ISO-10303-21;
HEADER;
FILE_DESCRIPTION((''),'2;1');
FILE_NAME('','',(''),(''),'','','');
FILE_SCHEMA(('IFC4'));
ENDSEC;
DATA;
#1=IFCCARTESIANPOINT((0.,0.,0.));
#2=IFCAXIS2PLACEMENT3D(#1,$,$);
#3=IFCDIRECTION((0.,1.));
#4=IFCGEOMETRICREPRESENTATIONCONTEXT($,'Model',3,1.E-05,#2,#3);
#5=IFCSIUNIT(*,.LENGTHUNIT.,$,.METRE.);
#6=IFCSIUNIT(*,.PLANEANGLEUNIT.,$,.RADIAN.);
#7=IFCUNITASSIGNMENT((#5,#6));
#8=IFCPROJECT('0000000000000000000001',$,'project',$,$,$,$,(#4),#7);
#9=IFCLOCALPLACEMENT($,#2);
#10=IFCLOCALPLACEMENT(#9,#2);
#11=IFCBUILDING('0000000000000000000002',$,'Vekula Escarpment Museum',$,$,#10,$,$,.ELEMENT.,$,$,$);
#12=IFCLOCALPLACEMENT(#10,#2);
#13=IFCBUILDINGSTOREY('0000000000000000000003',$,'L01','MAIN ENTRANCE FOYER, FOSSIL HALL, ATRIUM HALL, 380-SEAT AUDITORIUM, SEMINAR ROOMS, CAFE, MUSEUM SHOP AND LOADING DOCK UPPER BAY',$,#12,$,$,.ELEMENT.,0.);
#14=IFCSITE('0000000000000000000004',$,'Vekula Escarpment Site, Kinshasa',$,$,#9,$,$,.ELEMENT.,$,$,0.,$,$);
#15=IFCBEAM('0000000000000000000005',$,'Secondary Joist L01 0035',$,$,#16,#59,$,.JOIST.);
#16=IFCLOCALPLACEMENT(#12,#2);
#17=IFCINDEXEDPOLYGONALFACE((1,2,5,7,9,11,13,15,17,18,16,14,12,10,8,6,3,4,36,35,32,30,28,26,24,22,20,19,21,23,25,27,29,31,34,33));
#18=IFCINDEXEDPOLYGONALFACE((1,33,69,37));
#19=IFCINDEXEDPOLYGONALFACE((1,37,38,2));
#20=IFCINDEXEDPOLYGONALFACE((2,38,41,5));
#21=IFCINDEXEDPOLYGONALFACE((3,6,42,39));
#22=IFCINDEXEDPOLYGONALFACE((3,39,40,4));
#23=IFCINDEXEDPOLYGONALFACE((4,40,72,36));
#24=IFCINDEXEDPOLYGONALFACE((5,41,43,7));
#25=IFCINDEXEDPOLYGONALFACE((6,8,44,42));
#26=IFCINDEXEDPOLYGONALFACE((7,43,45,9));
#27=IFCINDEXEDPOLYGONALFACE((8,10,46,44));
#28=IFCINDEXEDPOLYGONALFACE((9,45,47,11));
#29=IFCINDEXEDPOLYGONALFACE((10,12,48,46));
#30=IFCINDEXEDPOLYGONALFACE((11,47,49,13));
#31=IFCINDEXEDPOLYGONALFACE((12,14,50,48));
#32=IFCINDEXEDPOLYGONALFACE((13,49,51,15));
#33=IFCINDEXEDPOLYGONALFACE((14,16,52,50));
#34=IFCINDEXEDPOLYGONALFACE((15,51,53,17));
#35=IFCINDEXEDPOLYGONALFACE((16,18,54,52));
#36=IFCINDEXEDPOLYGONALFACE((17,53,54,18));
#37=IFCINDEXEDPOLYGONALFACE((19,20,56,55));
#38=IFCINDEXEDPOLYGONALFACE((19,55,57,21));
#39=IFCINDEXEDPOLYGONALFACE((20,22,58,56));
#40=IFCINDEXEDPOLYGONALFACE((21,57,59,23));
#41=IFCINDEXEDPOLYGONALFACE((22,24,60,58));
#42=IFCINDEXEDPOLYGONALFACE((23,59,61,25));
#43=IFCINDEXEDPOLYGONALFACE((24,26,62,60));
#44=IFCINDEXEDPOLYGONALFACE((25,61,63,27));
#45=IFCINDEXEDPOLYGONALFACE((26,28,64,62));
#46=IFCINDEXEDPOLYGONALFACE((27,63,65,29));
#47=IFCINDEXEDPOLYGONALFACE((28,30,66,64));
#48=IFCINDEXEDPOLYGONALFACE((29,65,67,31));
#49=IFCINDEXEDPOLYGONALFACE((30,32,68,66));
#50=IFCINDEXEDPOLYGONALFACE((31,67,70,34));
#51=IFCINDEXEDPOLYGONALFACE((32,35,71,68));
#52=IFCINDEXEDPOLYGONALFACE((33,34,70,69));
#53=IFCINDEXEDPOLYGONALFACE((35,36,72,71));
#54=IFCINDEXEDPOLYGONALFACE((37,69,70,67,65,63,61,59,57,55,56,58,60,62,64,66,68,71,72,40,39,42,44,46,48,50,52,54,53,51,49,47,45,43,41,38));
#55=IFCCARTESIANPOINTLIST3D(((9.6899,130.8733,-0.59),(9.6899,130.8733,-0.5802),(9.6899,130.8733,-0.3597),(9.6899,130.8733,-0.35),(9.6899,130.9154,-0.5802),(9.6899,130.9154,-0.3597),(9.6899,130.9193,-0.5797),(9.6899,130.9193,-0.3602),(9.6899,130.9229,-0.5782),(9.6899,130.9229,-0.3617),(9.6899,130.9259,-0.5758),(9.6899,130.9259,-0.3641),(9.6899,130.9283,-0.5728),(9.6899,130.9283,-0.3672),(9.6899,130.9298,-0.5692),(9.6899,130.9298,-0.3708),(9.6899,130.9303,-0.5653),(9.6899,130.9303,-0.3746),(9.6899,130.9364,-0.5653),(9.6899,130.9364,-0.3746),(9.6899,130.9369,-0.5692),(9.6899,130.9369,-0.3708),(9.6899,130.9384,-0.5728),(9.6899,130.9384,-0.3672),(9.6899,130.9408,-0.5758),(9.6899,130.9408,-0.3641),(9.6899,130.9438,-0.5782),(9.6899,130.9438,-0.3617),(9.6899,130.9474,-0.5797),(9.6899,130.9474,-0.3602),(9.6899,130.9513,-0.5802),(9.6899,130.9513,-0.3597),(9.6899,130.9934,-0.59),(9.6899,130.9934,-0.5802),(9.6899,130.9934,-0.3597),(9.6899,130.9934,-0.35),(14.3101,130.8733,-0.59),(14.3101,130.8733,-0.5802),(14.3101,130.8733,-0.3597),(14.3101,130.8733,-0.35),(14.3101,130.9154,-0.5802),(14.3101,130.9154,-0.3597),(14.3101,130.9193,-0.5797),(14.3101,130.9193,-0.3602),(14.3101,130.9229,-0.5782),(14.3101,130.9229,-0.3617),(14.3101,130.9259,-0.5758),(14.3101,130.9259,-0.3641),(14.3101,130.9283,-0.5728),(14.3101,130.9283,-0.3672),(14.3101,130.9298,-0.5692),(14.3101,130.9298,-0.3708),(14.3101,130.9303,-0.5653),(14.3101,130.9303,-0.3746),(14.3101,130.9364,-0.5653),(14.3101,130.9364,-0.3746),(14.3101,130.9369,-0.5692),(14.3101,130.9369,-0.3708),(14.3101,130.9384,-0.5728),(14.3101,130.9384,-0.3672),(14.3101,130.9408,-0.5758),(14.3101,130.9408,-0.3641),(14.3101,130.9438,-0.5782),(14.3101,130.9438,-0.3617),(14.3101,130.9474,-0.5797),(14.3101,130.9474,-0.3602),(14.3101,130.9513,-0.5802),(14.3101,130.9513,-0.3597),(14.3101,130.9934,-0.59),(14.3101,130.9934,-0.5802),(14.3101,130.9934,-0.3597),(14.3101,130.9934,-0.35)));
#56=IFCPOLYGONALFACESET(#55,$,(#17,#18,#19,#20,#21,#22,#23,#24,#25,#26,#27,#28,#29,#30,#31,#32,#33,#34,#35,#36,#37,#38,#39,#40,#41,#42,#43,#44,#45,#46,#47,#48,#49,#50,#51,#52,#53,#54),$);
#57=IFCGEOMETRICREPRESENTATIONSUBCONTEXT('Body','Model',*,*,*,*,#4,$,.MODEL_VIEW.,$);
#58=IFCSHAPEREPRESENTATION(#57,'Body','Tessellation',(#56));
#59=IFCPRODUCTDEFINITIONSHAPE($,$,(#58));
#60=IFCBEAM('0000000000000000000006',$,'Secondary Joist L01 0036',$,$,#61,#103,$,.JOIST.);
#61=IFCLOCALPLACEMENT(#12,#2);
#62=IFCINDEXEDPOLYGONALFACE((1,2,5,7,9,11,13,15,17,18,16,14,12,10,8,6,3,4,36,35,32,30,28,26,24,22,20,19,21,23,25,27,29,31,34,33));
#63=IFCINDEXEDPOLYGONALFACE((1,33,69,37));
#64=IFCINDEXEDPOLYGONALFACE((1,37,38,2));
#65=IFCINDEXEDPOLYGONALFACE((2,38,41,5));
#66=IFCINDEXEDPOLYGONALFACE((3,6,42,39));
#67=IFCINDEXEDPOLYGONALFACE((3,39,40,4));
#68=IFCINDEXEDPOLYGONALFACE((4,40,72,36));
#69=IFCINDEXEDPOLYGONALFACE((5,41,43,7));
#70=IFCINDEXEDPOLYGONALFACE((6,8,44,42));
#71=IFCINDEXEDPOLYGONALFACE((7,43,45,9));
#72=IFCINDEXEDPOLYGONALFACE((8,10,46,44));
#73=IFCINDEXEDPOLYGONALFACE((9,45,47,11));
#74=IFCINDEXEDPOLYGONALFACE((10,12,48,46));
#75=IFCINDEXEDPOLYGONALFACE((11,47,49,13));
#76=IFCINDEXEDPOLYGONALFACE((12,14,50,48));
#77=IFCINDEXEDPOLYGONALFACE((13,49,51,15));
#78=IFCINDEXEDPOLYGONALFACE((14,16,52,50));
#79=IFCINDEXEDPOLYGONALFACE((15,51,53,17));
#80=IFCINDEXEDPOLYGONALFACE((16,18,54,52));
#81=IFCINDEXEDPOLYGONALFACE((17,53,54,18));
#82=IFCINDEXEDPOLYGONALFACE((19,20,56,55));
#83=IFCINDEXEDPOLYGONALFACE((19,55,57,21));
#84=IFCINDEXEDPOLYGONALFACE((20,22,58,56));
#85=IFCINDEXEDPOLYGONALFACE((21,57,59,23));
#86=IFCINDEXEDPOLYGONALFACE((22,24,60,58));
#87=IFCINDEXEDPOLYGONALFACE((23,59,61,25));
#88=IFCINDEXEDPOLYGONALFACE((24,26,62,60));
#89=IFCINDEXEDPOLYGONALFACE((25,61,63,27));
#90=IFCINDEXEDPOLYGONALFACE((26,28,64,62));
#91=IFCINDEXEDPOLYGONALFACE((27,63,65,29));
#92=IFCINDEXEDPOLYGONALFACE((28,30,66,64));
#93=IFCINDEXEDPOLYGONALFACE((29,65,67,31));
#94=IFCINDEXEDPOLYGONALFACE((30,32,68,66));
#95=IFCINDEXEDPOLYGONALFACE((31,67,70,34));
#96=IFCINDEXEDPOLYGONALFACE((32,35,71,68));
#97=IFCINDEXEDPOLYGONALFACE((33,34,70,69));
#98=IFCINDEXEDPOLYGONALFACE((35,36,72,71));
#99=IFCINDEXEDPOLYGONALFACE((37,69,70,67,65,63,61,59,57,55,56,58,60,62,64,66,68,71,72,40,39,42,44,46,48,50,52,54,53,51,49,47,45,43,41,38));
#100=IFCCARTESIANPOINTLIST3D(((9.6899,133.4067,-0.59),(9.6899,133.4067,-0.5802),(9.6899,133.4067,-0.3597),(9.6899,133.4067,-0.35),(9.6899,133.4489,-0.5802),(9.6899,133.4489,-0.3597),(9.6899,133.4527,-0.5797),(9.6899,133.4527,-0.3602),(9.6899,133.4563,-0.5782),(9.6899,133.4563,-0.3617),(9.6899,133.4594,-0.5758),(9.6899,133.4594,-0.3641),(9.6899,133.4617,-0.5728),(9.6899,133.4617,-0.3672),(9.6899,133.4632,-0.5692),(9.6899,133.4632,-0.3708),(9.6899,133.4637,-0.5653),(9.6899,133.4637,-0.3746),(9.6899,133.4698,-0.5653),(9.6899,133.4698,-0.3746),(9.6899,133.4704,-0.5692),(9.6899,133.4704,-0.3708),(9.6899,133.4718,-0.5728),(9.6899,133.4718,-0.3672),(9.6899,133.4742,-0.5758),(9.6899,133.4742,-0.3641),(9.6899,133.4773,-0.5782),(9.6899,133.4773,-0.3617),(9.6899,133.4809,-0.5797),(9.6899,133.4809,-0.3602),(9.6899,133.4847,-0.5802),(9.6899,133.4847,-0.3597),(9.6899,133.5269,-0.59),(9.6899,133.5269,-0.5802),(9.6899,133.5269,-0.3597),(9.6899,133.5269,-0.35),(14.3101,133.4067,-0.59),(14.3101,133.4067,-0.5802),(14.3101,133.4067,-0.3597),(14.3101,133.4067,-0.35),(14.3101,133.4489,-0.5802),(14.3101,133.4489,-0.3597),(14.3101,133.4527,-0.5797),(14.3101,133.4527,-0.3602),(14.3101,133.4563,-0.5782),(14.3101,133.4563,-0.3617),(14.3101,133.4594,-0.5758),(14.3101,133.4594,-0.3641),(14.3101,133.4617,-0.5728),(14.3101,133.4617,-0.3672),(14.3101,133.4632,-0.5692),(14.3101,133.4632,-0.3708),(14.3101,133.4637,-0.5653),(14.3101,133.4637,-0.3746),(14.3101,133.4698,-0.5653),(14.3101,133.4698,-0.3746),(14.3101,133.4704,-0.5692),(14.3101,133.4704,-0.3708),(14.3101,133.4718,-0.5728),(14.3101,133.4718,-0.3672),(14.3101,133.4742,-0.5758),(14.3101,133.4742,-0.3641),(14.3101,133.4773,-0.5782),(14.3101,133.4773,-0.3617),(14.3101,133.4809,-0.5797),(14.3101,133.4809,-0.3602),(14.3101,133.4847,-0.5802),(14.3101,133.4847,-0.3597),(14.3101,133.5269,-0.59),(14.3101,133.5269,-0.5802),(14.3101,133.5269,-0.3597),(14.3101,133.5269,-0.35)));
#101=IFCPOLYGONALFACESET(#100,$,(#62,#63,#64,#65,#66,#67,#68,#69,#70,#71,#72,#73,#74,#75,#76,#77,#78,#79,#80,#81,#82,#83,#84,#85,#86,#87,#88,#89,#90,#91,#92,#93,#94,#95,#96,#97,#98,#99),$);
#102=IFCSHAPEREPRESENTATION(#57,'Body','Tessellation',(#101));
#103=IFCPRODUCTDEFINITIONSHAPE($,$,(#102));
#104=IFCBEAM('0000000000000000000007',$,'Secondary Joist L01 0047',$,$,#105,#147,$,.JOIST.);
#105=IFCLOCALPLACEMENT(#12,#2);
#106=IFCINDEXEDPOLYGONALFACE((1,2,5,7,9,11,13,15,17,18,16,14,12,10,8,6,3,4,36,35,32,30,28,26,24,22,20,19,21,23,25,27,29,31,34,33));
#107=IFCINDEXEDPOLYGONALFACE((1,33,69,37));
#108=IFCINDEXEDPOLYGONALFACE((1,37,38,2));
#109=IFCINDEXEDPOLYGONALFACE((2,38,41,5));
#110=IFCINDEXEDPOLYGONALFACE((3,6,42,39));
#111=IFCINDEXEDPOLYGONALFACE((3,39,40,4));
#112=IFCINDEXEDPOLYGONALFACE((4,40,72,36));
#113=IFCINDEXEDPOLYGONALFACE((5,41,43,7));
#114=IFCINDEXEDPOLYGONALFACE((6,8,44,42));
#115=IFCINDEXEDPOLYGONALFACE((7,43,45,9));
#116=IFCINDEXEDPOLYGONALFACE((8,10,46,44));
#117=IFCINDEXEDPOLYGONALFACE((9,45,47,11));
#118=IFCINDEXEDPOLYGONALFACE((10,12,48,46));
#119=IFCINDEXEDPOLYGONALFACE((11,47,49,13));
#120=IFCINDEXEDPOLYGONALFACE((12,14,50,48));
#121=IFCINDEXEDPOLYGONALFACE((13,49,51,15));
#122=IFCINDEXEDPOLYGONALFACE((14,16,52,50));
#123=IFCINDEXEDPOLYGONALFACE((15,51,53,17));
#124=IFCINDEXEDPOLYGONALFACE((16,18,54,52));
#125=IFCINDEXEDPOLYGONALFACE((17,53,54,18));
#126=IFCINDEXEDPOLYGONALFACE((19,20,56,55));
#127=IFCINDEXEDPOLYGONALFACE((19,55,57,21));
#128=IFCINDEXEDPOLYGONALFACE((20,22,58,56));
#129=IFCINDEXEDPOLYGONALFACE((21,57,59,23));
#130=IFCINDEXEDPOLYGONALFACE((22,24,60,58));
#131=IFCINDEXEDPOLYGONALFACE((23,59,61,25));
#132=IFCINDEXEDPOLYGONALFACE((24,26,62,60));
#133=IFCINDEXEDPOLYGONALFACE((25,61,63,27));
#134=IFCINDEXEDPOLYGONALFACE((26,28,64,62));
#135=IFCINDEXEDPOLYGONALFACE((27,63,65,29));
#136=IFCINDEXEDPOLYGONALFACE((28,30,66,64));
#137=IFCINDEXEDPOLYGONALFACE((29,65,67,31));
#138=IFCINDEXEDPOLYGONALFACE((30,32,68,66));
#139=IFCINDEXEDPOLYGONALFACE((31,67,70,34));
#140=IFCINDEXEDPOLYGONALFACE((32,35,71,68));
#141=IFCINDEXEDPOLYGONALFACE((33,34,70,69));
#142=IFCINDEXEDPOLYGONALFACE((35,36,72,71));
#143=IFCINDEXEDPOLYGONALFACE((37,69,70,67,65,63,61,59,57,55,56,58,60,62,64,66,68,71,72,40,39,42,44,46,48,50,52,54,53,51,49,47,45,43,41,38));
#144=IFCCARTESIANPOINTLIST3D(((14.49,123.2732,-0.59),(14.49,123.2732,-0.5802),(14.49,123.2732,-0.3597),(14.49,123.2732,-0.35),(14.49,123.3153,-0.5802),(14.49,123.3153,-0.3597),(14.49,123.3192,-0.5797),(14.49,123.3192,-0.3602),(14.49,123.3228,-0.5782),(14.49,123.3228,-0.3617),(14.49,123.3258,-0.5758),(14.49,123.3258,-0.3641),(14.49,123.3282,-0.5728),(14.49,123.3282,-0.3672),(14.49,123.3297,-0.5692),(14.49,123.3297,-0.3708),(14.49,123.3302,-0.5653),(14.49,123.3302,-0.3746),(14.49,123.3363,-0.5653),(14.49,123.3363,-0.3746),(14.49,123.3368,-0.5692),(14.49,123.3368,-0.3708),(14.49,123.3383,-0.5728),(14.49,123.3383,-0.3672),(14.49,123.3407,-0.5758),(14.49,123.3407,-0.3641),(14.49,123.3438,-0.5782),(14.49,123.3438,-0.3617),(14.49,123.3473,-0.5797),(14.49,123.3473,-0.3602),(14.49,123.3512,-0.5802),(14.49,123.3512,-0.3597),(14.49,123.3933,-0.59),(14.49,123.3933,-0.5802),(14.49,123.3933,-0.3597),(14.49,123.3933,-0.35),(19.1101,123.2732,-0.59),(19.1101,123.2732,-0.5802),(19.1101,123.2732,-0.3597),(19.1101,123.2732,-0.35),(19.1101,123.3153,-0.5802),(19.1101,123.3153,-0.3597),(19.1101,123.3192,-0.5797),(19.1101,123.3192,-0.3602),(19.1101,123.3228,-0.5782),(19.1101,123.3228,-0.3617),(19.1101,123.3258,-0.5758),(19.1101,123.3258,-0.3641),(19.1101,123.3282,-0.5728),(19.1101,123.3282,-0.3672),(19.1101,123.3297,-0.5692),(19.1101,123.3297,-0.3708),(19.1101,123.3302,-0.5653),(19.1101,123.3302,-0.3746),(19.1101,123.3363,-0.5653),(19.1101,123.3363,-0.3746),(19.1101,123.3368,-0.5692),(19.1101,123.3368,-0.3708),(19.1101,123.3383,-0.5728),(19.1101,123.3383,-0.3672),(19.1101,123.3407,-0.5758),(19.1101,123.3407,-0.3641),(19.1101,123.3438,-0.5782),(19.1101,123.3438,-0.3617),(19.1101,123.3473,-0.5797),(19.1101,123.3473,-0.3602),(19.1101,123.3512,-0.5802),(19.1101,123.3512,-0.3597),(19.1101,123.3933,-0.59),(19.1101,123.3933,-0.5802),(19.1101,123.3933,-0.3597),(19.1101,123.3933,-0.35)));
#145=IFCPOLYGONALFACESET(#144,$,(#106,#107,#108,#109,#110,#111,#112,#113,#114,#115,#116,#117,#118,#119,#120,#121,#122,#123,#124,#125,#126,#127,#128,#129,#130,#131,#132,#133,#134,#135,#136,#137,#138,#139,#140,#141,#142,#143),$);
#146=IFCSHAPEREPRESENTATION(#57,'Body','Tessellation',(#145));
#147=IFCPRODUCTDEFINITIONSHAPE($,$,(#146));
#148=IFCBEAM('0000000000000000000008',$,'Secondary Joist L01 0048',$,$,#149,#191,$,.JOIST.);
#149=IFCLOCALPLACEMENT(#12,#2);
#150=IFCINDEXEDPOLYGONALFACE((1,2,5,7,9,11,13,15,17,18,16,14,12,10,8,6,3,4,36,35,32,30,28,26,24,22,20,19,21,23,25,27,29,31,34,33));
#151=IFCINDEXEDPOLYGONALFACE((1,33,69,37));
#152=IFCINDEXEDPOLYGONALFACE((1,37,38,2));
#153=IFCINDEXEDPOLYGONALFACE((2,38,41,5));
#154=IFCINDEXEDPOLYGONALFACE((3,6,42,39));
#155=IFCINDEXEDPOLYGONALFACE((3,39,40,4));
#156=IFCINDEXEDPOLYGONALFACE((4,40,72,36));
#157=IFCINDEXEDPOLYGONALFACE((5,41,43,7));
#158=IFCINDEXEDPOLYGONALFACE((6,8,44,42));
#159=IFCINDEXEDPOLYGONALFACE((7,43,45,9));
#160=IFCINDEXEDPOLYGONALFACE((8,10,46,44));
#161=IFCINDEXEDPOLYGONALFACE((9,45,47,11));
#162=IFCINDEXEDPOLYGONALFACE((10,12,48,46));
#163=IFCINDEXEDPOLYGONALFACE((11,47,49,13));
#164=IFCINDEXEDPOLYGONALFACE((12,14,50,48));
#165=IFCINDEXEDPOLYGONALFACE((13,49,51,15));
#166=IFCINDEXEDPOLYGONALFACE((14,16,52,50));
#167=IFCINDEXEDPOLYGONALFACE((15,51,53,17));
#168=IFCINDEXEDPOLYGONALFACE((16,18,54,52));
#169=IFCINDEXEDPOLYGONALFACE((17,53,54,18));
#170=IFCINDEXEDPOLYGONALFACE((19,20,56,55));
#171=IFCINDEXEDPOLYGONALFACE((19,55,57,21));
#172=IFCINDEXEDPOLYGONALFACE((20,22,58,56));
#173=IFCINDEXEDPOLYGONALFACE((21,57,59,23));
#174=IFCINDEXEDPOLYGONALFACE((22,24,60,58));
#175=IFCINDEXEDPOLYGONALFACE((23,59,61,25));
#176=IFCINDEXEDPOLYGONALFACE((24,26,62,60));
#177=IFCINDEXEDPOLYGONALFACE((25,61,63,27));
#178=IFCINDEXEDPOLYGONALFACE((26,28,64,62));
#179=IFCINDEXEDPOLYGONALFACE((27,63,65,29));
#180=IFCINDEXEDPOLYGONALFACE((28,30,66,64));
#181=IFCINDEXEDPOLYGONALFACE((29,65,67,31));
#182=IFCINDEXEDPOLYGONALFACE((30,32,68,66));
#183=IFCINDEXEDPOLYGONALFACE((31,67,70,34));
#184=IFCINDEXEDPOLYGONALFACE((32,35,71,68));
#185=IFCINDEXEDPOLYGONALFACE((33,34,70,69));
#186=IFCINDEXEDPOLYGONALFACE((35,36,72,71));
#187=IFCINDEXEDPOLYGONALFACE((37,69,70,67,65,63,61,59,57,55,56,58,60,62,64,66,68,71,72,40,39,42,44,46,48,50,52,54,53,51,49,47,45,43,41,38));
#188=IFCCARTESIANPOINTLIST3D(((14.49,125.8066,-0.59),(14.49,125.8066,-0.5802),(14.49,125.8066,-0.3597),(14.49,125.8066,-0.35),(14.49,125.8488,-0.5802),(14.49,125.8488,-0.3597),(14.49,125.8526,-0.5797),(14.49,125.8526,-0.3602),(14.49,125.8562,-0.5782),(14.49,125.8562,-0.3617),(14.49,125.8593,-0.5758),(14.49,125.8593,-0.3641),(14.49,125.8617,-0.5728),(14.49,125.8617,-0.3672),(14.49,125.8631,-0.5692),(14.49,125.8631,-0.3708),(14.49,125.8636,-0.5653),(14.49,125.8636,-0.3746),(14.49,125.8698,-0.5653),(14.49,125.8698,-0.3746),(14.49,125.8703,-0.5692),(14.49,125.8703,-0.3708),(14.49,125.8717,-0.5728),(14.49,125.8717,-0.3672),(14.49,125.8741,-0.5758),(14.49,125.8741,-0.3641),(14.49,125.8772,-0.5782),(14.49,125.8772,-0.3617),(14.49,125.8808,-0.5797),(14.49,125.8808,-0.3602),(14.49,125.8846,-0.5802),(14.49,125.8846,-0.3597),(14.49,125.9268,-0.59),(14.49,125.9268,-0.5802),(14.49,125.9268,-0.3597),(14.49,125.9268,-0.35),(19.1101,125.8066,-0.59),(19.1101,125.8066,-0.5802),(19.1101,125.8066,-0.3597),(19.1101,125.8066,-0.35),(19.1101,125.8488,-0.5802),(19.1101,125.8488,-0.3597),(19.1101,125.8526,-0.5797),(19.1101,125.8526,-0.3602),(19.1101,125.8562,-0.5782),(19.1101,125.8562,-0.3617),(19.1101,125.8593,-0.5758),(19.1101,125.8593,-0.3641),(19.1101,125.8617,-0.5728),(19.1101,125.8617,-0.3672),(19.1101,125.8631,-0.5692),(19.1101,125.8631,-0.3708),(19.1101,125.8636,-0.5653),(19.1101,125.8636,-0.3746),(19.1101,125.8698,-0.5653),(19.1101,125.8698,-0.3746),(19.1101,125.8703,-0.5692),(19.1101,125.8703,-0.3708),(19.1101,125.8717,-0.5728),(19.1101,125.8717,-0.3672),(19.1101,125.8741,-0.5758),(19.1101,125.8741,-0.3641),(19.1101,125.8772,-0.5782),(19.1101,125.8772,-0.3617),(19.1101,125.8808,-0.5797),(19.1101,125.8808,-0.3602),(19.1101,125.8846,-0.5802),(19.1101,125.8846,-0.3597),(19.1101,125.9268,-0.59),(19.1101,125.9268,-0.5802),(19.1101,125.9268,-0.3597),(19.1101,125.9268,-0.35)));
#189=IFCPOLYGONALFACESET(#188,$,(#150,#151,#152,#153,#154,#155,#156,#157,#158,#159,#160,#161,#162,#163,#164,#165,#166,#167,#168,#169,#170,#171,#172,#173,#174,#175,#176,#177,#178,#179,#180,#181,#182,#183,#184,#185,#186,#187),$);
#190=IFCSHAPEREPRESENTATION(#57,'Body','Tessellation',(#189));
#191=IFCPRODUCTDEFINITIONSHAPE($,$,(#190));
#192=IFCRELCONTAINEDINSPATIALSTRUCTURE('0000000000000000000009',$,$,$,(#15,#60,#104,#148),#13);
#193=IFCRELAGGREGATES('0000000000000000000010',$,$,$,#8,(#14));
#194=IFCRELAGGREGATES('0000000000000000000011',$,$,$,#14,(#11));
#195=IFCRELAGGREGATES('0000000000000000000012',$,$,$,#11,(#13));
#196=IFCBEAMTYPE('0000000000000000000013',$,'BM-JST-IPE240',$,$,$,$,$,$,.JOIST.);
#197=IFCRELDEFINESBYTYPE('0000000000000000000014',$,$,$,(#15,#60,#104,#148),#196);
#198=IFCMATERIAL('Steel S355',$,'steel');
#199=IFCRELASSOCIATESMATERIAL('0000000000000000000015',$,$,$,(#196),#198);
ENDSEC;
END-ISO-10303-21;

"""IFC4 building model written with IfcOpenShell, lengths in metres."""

from ifc_helpers import new_model, si_unit, direction, frame, origin, origin_2d, place, context, subcontext, project, spatial, i_section, extrude, material, material_profile, profile_set, type_object, element, save


model = new_model("IFC4")

# Units and contexts
model_context = context("Model", 3, precision=1e-05, world=origin(), true_north=direction((0.0, 1.0)))
body_context = subcontext(model_context, "Body", "Model", "MODEL_VIEW")
ifc_project = project(units=[si_unit("LENGTHUNIT", "METRE"), si_unit("PLANEANGLEUNIT", "RADIAN")], contexts=[model_context])

# Site, building, storey
site_placement = place(None, origin())
site = spatial("IfcSite", under=ifc_project, at=site_placement, Name="Vekula Escarpment Site, Kinshasa", CompositionType="ELEMENT", RefElevation=0.0)
building_placement = place(site_placement, origin())
building = spatial("IfcBuilding", under=site, at=building_placement, Name="Vekula Escarpment Museum", CompositionType="ELEMENT")
storey_placement = place(building_placement, origin())
storey = spatial("IfcBuildingStorey", under=building, at=storey_placement, Name="L01", Description="MAIN ENTRANCE FOYER, FOSSIL HALL, ATRIUM HALL, 380-SEAT AUDITORIUM, SEMINAR ROOMS, CAFE, MUSEUM SHOP AND LOADING DOCK UPPER BAY", CompositionType="ELEMENT", Elevation=0.0)

# Beams
ifc_material_1 = material(Name="Steel S355", Category="steel")
ifc_material_profile_1 = material_profile(ifc_material_1, i_section(OverallWidth=0.1201, OverallDepth=0.24, WebThickness=0.0061, FlangeThickness=0.0098, FilletRadius=0.0149, at=origin_2d()), Name="IPE 240")
ifc_profile_set_1 = profile_set([ifc_material_profile_1], Name="Steel S355")
beam_type_1 = type_object("IfcBeamType", Name="BM-JST-IPE240", PredefinedType="JOIST", material=ifc_profile_set_1)
for number, where, z_axis, x_axis, name in (
    (1, (9.6899, 130.9333, -0.47), (1.0, 0.0, 0.0), (0.0, 1.0, 0.0), "Secondary Joist L01 0035"),
    (2, (9.6899, 133.4668, -0.47), (1.0, 0.0, 0.0), (0.0, 1.0, 0.0), "Secondary Joist L01 0036"),
    (3, (14.49, 123.3333, -0.47), (1.0, 0.0, 0.0), (0.0, 1.0, 0.0), "Secondary Joist L01 0047"),
    (4, (14.49, 125.8667, -0.47), (1.0, 0.0, 0.0), (0.0, 1.0, 0.0), "Secondary Joist L01 0048"),
):
    element("IfcBeam", number, at=place(storey_placement, frame(where, z_axis=z_axis, x_axis=x_axis)), inside=storey, type_object=beam_type_1, Name=name, PredefinedType="JOIST", context=body_context, shape_type="SweptSolid", body=[
        extrude(i_section(OverallWidth=0.1201, OverallDepth=0.24, WebThickness=0.0061, FlangeThickness=0.0098, FilletRadius=0.0149, at=origin_2d()), origin(), (0.0, 0.0, 1.0), 4.6201),
    ])

save(model, "model.ifc")
